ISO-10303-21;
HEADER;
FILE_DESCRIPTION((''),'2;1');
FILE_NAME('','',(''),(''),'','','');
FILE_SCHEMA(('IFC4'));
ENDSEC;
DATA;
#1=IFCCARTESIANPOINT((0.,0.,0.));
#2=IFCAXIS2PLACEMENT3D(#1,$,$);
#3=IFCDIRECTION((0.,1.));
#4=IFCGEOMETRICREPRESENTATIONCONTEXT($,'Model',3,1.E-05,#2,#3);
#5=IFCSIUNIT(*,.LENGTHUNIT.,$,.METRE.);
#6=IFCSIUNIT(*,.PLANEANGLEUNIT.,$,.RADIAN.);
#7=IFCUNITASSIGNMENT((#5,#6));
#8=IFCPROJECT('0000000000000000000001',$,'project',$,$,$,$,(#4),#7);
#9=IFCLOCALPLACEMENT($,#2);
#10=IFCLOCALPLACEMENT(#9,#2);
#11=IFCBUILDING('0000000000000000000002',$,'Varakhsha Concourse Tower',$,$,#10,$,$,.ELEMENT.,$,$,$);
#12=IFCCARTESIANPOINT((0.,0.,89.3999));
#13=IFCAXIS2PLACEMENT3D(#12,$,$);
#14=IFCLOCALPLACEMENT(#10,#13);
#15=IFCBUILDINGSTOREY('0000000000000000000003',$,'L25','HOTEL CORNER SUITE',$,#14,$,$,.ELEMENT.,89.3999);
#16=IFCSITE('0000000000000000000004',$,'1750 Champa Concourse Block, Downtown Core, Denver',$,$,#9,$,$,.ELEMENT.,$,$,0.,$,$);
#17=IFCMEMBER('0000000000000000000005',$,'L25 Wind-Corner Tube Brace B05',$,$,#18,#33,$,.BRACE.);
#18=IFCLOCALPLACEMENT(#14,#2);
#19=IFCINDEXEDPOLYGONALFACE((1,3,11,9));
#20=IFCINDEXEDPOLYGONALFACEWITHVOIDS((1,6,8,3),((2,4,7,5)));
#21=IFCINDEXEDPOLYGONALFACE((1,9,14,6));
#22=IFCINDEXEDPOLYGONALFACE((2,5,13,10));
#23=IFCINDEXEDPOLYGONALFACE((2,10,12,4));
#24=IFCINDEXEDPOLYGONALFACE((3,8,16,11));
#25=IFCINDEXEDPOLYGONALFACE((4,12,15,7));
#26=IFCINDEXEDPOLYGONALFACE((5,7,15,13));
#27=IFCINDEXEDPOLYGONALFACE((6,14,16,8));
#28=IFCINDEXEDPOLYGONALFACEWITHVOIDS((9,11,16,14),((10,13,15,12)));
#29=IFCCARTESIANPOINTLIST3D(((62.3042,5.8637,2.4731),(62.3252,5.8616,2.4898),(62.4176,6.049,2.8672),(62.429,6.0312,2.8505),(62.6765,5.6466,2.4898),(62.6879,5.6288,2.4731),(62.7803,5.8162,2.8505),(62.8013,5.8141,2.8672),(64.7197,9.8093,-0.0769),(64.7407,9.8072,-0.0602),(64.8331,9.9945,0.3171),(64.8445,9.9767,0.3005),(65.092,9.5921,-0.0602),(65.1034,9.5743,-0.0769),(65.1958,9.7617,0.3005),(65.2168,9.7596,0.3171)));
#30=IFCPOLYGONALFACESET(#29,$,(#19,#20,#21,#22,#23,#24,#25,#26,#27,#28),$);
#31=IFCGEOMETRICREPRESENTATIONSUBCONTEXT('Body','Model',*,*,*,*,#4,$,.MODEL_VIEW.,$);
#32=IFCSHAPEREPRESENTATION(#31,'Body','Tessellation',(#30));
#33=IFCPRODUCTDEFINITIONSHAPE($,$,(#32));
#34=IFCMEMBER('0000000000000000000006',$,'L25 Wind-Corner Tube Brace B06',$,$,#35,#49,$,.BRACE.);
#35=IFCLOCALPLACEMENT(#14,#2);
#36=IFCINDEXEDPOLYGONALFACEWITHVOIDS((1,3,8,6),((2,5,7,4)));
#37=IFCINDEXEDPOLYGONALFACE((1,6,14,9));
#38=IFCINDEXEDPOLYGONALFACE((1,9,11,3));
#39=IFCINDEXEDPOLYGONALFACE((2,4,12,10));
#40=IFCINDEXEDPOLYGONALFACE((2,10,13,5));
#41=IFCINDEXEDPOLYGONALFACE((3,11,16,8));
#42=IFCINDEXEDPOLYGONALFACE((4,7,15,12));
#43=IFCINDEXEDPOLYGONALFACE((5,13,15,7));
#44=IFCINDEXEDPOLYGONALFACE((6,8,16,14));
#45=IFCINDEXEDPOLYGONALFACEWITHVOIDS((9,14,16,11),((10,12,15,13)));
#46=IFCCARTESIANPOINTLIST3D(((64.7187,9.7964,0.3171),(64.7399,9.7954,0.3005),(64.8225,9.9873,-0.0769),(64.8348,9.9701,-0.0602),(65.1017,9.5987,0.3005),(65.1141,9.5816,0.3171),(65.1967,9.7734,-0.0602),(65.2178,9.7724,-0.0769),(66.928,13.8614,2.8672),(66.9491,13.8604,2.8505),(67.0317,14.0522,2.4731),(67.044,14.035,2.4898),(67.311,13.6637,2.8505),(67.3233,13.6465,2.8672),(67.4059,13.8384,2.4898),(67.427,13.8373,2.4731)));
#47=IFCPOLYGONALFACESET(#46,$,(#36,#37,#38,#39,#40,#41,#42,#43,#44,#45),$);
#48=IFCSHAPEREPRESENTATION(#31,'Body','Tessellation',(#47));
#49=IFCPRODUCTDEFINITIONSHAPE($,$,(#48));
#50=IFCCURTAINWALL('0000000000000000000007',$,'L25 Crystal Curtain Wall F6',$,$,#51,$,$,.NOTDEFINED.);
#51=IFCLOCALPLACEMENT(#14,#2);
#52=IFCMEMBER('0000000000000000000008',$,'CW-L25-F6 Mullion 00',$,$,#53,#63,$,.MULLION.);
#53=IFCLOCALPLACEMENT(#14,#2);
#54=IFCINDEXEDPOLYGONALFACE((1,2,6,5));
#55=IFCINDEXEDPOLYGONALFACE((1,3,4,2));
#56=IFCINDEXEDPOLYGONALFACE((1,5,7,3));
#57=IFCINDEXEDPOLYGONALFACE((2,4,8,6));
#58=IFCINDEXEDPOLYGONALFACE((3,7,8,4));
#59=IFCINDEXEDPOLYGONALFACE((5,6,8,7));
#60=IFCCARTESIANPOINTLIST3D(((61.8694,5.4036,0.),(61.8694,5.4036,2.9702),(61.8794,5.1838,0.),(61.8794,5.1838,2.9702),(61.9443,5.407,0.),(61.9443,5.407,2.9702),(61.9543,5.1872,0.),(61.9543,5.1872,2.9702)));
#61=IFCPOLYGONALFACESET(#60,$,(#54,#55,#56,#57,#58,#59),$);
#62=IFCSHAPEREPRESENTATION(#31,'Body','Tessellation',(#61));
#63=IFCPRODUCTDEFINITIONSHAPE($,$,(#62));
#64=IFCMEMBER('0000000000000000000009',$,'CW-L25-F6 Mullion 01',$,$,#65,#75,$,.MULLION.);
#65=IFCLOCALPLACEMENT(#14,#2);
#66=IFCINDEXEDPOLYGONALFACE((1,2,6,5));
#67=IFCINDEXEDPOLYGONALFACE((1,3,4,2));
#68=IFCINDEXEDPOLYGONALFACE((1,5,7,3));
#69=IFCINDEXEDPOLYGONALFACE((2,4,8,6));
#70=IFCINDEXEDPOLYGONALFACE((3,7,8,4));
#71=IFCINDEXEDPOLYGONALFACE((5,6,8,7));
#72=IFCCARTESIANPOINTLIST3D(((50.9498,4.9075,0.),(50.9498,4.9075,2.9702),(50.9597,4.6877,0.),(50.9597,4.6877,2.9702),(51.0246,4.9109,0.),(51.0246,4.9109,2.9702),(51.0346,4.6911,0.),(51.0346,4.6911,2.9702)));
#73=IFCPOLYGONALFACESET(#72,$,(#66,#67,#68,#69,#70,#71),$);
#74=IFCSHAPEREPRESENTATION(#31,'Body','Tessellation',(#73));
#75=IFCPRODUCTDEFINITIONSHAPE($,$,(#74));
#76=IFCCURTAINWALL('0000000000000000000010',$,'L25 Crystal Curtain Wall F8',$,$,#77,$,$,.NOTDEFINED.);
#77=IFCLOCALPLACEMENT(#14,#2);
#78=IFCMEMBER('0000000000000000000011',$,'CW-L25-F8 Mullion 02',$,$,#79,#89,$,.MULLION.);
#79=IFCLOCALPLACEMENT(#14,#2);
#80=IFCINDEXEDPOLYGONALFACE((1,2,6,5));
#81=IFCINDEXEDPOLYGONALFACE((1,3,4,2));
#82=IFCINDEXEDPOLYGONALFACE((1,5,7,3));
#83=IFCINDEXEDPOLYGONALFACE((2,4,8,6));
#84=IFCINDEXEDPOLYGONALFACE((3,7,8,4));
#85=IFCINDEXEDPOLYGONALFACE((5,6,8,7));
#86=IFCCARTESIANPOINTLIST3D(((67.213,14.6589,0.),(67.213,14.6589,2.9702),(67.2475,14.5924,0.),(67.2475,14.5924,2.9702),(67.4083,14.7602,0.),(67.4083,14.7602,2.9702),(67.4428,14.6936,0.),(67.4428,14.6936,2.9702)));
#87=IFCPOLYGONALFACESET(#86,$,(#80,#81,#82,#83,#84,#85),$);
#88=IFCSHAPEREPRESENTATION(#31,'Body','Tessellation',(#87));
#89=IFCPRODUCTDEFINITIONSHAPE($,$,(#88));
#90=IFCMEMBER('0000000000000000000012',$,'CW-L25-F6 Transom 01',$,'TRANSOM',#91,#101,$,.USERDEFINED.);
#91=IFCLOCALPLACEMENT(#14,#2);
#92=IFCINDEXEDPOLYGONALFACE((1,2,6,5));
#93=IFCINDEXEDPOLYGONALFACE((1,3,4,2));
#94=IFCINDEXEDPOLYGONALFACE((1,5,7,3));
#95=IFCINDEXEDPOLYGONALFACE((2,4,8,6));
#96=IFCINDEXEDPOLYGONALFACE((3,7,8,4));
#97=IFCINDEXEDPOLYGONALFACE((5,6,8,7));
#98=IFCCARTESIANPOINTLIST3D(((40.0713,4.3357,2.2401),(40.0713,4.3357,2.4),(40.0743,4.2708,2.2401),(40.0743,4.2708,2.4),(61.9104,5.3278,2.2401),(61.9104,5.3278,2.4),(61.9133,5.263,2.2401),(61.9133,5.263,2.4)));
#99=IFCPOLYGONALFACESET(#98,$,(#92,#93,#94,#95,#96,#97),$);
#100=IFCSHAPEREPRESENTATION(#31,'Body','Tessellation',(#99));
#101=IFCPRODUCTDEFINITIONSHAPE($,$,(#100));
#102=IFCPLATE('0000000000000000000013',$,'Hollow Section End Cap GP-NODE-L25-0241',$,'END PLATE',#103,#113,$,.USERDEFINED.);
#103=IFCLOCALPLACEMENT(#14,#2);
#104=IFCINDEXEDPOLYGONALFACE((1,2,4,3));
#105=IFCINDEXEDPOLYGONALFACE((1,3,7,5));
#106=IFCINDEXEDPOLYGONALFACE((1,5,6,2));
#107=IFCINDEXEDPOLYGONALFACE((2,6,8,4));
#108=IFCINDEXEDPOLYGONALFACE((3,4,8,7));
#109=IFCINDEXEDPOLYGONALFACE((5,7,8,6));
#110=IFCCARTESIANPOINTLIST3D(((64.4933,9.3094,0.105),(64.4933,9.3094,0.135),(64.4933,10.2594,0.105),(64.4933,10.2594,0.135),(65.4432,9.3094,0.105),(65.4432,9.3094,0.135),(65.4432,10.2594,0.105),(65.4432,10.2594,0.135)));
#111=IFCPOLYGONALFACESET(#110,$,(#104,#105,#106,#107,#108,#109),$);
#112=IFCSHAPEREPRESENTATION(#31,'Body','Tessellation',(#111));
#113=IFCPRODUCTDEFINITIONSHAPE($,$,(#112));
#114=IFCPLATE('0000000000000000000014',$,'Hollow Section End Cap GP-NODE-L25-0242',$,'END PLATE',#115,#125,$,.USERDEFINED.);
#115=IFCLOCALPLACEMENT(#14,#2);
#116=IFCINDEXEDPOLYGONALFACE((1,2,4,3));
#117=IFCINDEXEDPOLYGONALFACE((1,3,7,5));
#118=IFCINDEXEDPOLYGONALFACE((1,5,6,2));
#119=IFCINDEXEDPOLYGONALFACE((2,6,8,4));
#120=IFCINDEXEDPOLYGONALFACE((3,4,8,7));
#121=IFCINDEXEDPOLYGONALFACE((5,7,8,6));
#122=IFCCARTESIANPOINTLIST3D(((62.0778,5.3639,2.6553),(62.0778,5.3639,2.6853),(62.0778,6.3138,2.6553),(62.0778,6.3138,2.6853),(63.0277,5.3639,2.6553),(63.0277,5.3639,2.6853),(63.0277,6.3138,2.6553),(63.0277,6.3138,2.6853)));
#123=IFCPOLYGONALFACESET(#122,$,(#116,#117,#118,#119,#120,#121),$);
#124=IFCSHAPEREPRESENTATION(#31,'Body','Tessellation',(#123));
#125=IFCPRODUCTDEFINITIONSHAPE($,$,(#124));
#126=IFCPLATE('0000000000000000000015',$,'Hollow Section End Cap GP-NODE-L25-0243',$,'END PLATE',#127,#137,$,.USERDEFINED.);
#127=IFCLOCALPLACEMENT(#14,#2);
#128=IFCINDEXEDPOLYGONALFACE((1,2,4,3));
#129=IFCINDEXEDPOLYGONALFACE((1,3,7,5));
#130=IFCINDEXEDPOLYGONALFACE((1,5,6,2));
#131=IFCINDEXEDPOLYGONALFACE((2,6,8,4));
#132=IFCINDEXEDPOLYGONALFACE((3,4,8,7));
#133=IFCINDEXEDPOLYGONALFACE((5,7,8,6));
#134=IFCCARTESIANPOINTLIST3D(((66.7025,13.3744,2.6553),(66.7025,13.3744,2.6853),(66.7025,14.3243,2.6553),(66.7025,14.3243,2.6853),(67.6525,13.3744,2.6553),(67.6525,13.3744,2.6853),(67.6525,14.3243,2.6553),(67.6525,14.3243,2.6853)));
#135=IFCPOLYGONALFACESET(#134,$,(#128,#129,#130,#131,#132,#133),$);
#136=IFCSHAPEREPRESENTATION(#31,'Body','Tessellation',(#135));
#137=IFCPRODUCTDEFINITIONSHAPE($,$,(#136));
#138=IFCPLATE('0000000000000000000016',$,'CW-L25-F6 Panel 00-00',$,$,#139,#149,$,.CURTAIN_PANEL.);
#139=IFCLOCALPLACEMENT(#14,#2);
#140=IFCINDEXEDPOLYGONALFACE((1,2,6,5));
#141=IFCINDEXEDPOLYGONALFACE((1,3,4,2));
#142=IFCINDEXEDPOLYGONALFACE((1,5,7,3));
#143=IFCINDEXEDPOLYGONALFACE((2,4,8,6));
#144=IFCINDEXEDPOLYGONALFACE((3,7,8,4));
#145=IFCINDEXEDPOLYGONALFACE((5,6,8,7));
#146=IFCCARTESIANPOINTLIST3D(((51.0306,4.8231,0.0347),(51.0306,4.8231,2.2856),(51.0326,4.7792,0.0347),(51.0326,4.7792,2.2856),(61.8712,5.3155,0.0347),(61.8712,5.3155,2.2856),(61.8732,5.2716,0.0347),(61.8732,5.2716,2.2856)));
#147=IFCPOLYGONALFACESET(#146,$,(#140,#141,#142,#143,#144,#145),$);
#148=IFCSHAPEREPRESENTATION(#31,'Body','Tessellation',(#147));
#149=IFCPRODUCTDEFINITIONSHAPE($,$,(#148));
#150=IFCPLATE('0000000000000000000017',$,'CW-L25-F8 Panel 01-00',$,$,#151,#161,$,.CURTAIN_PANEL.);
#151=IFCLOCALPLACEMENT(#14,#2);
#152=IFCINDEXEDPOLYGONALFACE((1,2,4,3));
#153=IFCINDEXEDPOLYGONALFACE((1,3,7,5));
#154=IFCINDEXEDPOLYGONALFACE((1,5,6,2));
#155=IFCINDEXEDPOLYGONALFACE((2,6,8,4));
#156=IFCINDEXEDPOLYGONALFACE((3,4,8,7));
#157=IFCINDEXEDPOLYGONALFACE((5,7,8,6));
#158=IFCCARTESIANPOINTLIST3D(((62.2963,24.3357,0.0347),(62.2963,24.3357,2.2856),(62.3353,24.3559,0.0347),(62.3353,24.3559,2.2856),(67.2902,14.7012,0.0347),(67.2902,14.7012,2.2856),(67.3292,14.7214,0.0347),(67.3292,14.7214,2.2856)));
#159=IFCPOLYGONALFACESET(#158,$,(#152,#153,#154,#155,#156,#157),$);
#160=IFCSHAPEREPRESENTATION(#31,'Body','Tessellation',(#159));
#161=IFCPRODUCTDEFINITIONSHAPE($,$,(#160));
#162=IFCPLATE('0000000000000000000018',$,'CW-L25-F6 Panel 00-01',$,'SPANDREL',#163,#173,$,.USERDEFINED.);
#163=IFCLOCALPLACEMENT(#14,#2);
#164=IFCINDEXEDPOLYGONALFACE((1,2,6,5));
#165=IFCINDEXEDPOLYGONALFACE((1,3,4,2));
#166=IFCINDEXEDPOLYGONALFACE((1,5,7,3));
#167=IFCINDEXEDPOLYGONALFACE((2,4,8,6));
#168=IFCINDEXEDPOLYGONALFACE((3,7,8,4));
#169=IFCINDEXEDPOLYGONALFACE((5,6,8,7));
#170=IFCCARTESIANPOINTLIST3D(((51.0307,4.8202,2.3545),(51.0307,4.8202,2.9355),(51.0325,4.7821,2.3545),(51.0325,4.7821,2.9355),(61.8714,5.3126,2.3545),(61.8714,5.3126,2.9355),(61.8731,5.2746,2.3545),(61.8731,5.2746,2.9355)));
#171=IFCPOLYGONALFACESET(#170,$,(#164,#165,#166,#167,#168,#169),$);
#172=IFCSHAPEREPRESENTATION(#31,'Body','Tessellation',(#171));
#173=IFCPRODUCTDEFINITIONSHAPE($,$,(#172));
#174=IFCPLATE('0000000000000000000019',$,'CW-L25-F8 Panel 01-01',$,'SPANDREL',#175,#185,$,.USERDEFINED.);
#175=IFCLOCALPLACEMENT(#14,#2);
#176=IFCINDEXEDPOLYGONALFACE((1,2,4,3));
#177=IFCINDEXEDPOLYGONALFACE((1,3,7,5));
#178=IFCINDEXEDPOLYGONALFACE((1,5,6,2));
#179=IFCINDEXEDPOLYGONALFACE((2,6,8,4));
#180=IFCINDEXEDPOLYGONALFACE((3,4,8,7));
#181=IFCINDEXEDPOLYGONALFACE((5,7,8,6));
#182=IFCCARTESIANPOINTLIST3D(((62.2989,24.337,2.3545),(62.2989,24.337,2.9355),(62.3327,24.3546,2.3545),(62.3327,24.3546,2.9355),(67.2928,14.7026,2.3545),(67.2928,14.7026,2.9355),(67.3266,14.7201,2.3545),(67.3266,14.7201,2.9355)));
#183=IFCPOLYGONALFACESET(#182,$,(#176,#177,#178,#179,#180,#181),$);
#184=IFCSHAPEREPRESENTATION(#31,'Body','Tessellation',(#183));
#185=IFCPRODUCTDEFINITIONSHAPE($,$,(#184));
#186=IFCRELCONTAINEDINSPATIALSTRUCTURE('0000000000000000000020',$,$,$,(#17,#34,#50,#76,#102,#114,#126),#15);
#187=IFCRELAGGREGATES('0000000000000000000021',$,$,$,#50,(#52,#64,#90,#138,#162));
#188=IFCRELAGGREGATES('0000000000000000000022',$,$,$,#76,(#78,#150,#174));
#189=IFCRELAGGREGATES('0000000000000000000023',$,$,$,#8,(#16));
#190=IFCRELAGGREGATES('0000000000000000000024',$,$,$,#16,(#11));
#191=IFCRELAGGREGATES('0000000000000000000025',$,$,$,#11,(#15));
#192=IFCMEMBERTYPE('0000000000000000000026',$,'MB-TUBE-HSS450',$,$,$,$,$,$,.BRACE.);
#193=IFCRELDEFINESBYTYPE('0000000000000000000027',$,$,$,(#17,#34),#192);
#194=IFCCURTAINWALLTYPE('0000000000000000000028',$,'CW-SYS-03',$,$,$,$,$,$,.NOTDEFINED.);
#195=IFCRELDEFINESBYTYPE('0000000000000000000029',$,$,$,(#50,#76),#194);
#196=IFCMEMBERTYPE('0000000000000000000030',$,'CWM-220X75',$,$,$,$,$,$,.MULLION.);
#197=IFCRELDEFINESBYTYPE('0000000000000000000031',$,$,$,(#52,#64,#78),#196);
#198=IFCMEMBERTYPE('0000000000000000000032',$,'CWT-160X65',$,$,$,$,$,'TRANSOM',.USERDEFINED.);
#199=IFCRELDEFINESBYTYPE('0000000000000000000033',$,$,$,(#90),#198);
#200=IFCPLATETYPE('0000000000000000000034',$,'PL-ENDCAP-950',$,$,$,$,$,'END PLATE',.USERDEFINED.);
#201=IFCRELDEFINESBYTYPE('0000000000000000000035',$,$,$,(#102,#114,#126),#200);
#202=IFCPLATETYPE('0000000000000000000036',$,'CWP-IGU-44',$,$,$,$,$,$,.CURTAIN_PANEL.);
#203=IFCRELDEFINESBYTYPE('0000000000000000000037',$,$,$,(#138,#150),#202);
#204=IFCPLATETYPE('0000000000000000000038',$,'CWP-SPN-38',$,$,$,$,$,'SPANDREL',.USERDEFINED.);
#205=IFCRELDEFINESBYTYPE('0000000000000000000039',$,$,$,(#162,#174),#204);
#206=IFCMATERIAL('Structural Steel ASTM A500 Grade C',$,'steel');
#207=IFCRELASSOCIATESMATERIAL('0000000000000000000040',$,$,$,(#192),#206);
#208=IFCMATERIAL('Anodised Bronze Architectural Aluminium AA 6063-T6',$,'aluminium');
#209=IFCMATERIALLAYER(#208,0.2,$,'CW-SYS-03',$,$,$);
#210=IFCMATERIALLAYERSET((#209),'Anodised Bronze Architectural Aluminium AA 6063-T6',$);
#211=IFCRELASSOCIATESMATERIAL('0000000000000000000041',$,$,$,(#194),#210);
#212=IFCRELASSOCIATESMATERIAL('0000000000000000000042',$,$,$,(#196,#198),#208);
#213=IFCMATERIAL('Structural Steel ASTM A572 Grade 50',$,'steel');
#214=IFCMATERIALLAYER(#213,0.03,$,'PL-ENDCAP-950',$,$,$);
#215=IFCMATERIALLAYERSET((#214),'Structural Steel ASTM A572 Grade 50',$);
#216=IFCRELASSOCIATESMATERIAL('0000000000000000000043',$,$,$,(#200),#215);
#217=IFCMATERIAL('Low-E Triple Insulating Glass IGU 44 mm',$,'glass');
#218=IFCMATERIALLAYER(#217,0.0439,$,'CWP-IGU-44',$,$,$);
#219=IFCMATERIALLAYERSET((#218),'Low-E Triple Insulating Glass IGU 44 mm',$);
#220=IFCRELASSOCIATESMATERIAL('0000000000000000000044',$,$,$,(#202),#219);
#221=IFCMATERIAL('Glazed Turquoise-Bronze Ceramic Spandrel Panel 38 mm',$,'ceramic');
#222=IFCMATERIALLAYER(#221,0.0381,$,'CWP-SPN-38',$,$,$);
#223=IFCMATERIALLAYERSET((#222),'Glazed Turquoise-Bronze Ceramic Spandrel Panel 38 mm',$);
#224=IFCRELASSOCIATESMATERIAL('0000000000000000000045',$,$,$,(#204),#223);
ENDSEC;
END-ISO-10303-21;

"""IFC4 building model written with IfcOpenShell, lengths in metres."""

from ifc_helpers import new_model, si_unit, direction, frame, origin, origin_2d, place, context, subcontext, project, spatial, rectangle, hollow_rectangle, extrude, source, transform, mapped, material, layer, layer_set, material_profile, profile_set, type_object, type_shapes, element, aggregate, save


model = new_model("IFC4")

# Units and contexts
model_context = context("Model", 3, precision=1e-05, world=origin(), true_north=direction((0.0, 1.0)))
body_context = subcontext(model_context, "Body", "Model", "MODEL_VIEW")
ifc_project = project(units=[si_unit("LENGTHUNIT", "METRE"), si_unit("PLANEANGLEUNIT", "RADIAN")], contexts=[model_context])

# Site, building, storey
site_placement = place(None, origin())
site = spatial("IfcSite", under=ifc_project, at=site_placement, Name="1750 Champa Concourse Block, Downtown Core, Denver", CompositionType="ELEMENT", RefElevation=0.0)
building_placement = place(site_placement, origin())
building = spatial("IfcBuilding", under=site, at=building_placement, Name="Varakhsha Concourse Tower", CompositionType="ELEMENT")
storey_placement = place(building_placement, frame((0.0, 0.0, 89.3999)))
storey = spatial("IfcBuildingStorey", under=building, at=storey_placement, Name="L25", Description="HOTEL CORNER SUITE", CompositionType="ELEMENT", Elevation=89.3999)

# Shared definitions
ifc_material_1 = material(Name="Structural Steel ASTM A572 Grade 50", Category="steel")

# Members
ifc_material_2 = material(Name="Structural Steel ASTM A500 Grade C", Category="steel")
ifc_material_profile_1 = material_profile(ifc_material_2, hollow_rectangle(XDim=0.45, YDim=0.45, WallThickness=0.019, at=origin_2d()), Name="HSS 450x450x19")
ifc_profile_set_1 = profile_set([ifc_material_profile_1], Name="Structural Steel ASTM A500 Grade C")
member_type_1 = type_object("IfcMemberType", Name="MB-TUBE-HSS450", PredefinedType="BRACE", material=ifc_profile_set_1)
shared_shape_1 = source(origin(), body_context, "Body", "SweptSolid", [
    extrude(hollow_rectangle(XDim=0.45, YDim=0.45, WallThickness=0.019, at=origin_2d()), origin(), (0.0, 0.0, 1.0), 5.2825),
])
member_1_placement = place(storey_placement, frame((64.9683, 9.7844, 0.1201), z_axis=(-0.457269, -0.746909, 0.482734), x_axis=(0.852863, -0.522135, 0.0)))
element("IfcMember", 1, at=member_1_placement, inside=storey, type_object=member_type_1, Name="L25 Wind-Corner Tube Brace B05", PredefinedType="BRACE", context=body_context, shape_type="MappedRepresentation", body=[
    mapped(shared_shape_1, transform((0.0, 0.0, 0.0), scale=1.0)),
])
shared_shape_2 = source(origin(), body_context, "Body", "SweptSolid", [
    extrude(hollow_rectangle(XDim=0.45, YDim=0.45, WallThickness=0.019, at=origin_2d()), origin(), (0.0, 0.0, 1.0), 5.2827),
])
type_shapes(member_type_1, [shared_shape_1, shared_shape_2])
member_2_placement = place(storey_placement, frame((64.9683, 9.7844, 0.1201), z_axis=(0.418199, 0.769478, 0.482715), x_axis=(-0.878623, 0.477517, 0.0)))
element("IfcMember", 2, at=member_2_placement, inside=storey, type_object=member_type_1, Name="L25 Wind-Corner Tube Brace B06", PredefinedType="BRACE", context=body_context, shape_type="MappedRepresentation", body=[
    mapped(shared_shape_2, transform((0.0, 0.0, 0.0), scale=1.0)),
])

# Curtain wall, members
ifc_material_3 = material(Name="Anodised Bronze Architectural Aluminium AA 6063-T6", Category="aluminium")
ifc_layer_1 = layer(ifc_material_3, 0.2, Name="CW-SYS-03")
ifc_layer_set_1 = layer_set([ifc_layer_1], Name="Anodised Bronze Architectural Aluminium AA 6063-T6")
curtain_wall_type = type_object("IfcCurtainWallType", Name="CW-SYS-03", PredefinedType="NOTDEFINED", material=ifc_layer_set_1)
curtain_wall_1_placement = place(storey_placement, origin())
curtain_wall_1 = element("IfcCurtainWall", 3, at=curtain_wall_1_placement, inside=storey, type_object=curtain_wall_type, Name="L25 Crystal Curtain Wall F6", PredefinedType="NOTDEFINED")
ifc_material_profile_2 = material_profile(ifc_material_3, rectangle(XDim=0.075, YDim=0.22, at=origin_2d()), Name="CWM-220X75")
ifc_profile_set_2 = profile_set([ifc_material_profile_2], Name="Anodised Bronze Architectural Aluminium AA 6063-T6")
member_type_2 = type_object("IfcMemberType", Name="CWM-220X75", PredefinedType="MULLION", material=ifc_profile_set_2)
shared_shape_3 = source(origin(), body_context, "Body", "SweptSolid", [
    extrude(rectangle(XDim=0.075, YDim=0.22, at=origin_2d()), origin(), (0.0, 0.0, 1.0), 2.9702),
])
type_shapes(member_type_2, [shared_shape_3])
member_3_placement = place(storey_placement, frame((61.9119, 5.2954, 0.0), z_axis=(0.0, 0.0, 1.0), x_axis=(-0.99897, -0.04538, 0.0)))
member_3 = element("IfcMember", 4, at=member_3_placement, type_object=member_type_2, Name="CW-L25-F6 Mullion 00", PredefinedType="MULLION", context=body_context, shape_type="MappedRepresentation", body=[
    mapped(shared_shape_3, transform((0.0, 0.0, 0.0), scale=1.0)),
])
member_4_placement = place(storey_placement, frame((50.9922, 4.7993, 0.0), z_axis=(0.0, 0.0, 1.0), x_axis=(-0.99897, -0.04538, 0.0)))
member_4 = element("IfcMember", 5, at=member_4_placement, type_object=member_type_2, Name="CW-L25-F6 Mullion 01", PredefinedType="MULLION", context=body_context, shape_type="MappedRepresentation", body=[
    mapped(shared_shape_3, transform((0.0, 0.0, 0.0), scale=1.0)),
])

# Curtain wall, member
curtain_wall_2_placement = place(storey_placement, origin())
curtain_wall_2 = element("IfcCurtainWall", 6, at=curtain_wall_2_placement, inside=storey, type_object=curtain_wall_type, Name="L25 Crystal Curtain Wall F8", PredefinedType="NOTDEFINED")
member_5_placement = place(storey_placement, frame((67.3279, 14.6763, 0.0), z_axis=(0.0, 0.0, 1.0), x_axis=(0.460186, -0.887823, 0.0)))
member_5 = element("IfcMember", 7, at=member_5_placement, type_object=member_type_2, Name="CW-L25-F8 Mullion 02", PredefinedType="MULLION", context=body_context, shape_type="MappedRepresentation", body=[
    mapped(shared_shape_3, transform((0.0, 0.0, 0.0), scale=1.0)),
])

# Member
ifc_material_profile_3 = material_profile(ifc_material_3, rectangle(XDim=0.0649, YDim=0.1599, at=origin_2d()), Name="CWT-160X65")
ifc_profile_set_3 = profile_set([ifc_material_profile_3], Name="Anodised Bronze Architectural Aluminium AA 6063-T6")
member_type_3 = type_object("IfcMemberType", Name="CWT-160X65", ElementType="TRANSOM", PredefinedType="USERDEFINED", material=ifc_profile_set_3)
shared_shape_4 = source(origin(), body_context, "Body", "SweptSolid", [
    extrude(rectangle(XDim=0.0649, YDim=0.1599, at=origin_2d()), origin(), (0.0, 0.0, 1.0), 21.8616),
])
type_shapes(member_type_3, [shared_shape_4])
member_6_placement = place(storey_placement, frame((61.9119, 5.2954, 2.3201), z_axis=(-0.99897, -0.045385, 0.0), x_axis=(0.045385, -0.99897, 0.0)))
member_6 = element("IfcMember", 8, at=member_6_placement, type_object=member_type_3, Name="CW-L25-F6 Transom 01", ObjectType="TRANSOM", PredefinedType="USERDEFINED", context=body_context, shape_type="MappedRepresentation", body=[
    mapped(shared_shape_4, transform((0.0, 0.0, 0.0), scale=1.0)),
])

# Plates
ifc_layer_2 = layer(ifc_material_1, 0.03, Name="PL-ENDCAP-950")
ifc_layer_set_2 = layer_set([ifc_layer_2], Name="Structural Steel ASTM A572 Grade 50")
plate_type_1 = type_object("IfcPlateType", Name="PL-ENDCAP-950", ElementType="END PLATE", PredefinedType="USERDEFINED", material=ifc_layer_set_2)
shared_shape_5 = source(origin(), body_context, "Body", "SweptSolid", [
    extrude(rectangle(XDim=0.95, YDim=0.95, at=origin_2d()), origin(), (0.0, 0.0, 1.0), 0.03),
])
type_shapes(plate_type_1, [shared_shape_5])
for number, where, z_axis, x_axis, name in (
    (9, (64.9683, 9.7844, 0.105), (0.0, 0.0, 1.0), (1.0, 0.0, 0.0), "Hollow Section End Cap GP-NODE-L25-0241"),
    (10, (62.5527, 5.8389, 2.6553), (0.0, 0.0, 1.0), (1.0, 0.0, 0.0), "Hollow Section End Cap GP-NODE-L25-0242"),
    (11, (67.1775, 13.8494, 2.6553), (0.0, 0.0, 1.0), (1.0, 0.0, 0.0), "Hollow Section End Cap GP-NODE-L25-0243"),
):
    element("IfcPlate", number, at=place(storey_placement, frame(where, z_axis=z_axis, x_axis=x_axis)), inside=storey, type_object=plate_type_1, Name=name, ObjectType="END PLATE", PredefinedType="USERDEFINED", context=body_context, shape_type="MappedRepresentation", body=[
        mapped(shared_shape_5, transform((0.0, 0.0, 0.0), scale=1.0)),
    ])

# Plates
ifc_material_4 = material(Name="Low-E Triple Insulating Glass IGU 44 mm", Category="glass")
ifc_layer_3 = layer(ifc_material_4, 0.0439, Name="CWP-IGU-44")
ifc_layer_set_3 = layer_set([ifc_layer_3], Name="Low-E Triple Insulating Glass IGU 44 mm")
plate_type_2 = type_object("IfcPlateType", Name="CWP-IGU-44", PredefinedType="CURTAIN_PANEL", material=ifc_layer_set_3)
shared_shape_6 = source(origin(), body_context, "Body", "SweptSolid", [
    extrude(rectangle(XDim=10.8518, YDim=0.0439, at=origin_2d()), origin(), (0.0, 0.0, 1.0), 2.251),
])
type_shapes(plate_type_2, [shared_shape_6])
plate_1_placement = place(storey_placement, frame((56.4519, 5.0474, 0.0347), z_axis=(0.0, 0.0, 1.0), x_axis=(-0.99897, -0.04538, 0.0)))
plate_1 = element("IfcPlate", 12, at=plate_1_placement, type_object=plate_type_2, Name="CW-L25-F6 Panel 00-00", PredefinedType="CURTAIN_PANEL", context=body_context, shape_type="MappedRepresentation", body=[
    mapped(shared_shape_6, transform((0.0, 0.0, 0.0), scale=1.0)),
])
plate_2_placement = place(storey_placement, frame((64.8127, 19.5286, 0.0347), z_axis=(0.0, 0.0, 1.0), x_axis=(0.460186, -0.887823, 0.0)))
plate_2 = element("IfcPlate", 13, at=plate_2_placement, type_object=plate_type_2, Name="CW-L25-F8 Panel 01-00", PredefinedType="CURTAIN_PANEL", context=body_context, shape_type="MappedRepresentation", body=[
    mapped(shared_shape_6, transform((0.0, 0.0, 0.0), scale=1.0)),
])
ifc_material_5 = material(Name="Glazed Turquoise-Bronze Ceramic Spandrel Panel 38 mm", Category="ceramic")
ifc_layer_4 = layer(ifc_material_5, 0.0381, Name="CWP-SPN-38")
ifc_layer_set_4 = layer_set([ifc_layer_4], Name="Glazed Turquoise-Bronze Ceramic Spandrel Panel 38 mm")
plate_type_3 = type_object("IfcPlateType", Name="CWP-SPN-38", ElementType="SPANDREL", PredefinedType="USERDEFINED", material=ifc_layer_set_4)
shared_shape_7 = source(origin(), body_context, "Body", "SweptSolid", [
    extrude(rectangle(XDim=10.8518, YDim=0.0381, at=origin_2d()), origin(), (0.0, 0.0, 1.0), 0.5811),
])
type_shapes(plate_type_3, [shared_shape_7])
plate_3_placement = place(storey_placement, frame((56.4519, 5.0474, 2.3545), z_axis=(0.0, 0.0, 1.0), x_axis=(-0.99897, -0.04538, 0.0)))
plate_3 = element("IfcPlate", 14, at=plate_3_placement, type_object=plate_type_3, Name="CW-L25-F6 Panel 00-01", ObjectType="SPANDREL", PredefinedType="USERDEFINED", context=body_context, shape_type="MappedRepresentation", body=[
    mapped(shared_shape_7, transform((0.0, 0.0, 0.0), scale=1.0)),
])
aggregate(curtain_wall_1, [member_3, member_4, member_6, plate_1, plate_3])
plate_4_placement = place(storey_placement, frame((64.8127, 19.5286, 2.3545), z_axis=(0.0, 0.0, 1.0), x_axis=(0.460186, -0.887823, 0.0)))
plate_4 = element("IfcPlate", 15, at=plate_4_placement, type_object=plate_type_3, Name="CW-L25-F8 Panel 01-01", ObjectType="SPANDREL", PredefinedType="USERDEFINED", context=body_context, shape_type="MappedRepresentation", body=[
    mapped(shared_shape_7, transform((0.0, 0.0, 0.0), scale=1.0)),
])
aggregate(curtain_wall_2, [member_5, plate_2, plate_4])

save(model, "model.ifc")
